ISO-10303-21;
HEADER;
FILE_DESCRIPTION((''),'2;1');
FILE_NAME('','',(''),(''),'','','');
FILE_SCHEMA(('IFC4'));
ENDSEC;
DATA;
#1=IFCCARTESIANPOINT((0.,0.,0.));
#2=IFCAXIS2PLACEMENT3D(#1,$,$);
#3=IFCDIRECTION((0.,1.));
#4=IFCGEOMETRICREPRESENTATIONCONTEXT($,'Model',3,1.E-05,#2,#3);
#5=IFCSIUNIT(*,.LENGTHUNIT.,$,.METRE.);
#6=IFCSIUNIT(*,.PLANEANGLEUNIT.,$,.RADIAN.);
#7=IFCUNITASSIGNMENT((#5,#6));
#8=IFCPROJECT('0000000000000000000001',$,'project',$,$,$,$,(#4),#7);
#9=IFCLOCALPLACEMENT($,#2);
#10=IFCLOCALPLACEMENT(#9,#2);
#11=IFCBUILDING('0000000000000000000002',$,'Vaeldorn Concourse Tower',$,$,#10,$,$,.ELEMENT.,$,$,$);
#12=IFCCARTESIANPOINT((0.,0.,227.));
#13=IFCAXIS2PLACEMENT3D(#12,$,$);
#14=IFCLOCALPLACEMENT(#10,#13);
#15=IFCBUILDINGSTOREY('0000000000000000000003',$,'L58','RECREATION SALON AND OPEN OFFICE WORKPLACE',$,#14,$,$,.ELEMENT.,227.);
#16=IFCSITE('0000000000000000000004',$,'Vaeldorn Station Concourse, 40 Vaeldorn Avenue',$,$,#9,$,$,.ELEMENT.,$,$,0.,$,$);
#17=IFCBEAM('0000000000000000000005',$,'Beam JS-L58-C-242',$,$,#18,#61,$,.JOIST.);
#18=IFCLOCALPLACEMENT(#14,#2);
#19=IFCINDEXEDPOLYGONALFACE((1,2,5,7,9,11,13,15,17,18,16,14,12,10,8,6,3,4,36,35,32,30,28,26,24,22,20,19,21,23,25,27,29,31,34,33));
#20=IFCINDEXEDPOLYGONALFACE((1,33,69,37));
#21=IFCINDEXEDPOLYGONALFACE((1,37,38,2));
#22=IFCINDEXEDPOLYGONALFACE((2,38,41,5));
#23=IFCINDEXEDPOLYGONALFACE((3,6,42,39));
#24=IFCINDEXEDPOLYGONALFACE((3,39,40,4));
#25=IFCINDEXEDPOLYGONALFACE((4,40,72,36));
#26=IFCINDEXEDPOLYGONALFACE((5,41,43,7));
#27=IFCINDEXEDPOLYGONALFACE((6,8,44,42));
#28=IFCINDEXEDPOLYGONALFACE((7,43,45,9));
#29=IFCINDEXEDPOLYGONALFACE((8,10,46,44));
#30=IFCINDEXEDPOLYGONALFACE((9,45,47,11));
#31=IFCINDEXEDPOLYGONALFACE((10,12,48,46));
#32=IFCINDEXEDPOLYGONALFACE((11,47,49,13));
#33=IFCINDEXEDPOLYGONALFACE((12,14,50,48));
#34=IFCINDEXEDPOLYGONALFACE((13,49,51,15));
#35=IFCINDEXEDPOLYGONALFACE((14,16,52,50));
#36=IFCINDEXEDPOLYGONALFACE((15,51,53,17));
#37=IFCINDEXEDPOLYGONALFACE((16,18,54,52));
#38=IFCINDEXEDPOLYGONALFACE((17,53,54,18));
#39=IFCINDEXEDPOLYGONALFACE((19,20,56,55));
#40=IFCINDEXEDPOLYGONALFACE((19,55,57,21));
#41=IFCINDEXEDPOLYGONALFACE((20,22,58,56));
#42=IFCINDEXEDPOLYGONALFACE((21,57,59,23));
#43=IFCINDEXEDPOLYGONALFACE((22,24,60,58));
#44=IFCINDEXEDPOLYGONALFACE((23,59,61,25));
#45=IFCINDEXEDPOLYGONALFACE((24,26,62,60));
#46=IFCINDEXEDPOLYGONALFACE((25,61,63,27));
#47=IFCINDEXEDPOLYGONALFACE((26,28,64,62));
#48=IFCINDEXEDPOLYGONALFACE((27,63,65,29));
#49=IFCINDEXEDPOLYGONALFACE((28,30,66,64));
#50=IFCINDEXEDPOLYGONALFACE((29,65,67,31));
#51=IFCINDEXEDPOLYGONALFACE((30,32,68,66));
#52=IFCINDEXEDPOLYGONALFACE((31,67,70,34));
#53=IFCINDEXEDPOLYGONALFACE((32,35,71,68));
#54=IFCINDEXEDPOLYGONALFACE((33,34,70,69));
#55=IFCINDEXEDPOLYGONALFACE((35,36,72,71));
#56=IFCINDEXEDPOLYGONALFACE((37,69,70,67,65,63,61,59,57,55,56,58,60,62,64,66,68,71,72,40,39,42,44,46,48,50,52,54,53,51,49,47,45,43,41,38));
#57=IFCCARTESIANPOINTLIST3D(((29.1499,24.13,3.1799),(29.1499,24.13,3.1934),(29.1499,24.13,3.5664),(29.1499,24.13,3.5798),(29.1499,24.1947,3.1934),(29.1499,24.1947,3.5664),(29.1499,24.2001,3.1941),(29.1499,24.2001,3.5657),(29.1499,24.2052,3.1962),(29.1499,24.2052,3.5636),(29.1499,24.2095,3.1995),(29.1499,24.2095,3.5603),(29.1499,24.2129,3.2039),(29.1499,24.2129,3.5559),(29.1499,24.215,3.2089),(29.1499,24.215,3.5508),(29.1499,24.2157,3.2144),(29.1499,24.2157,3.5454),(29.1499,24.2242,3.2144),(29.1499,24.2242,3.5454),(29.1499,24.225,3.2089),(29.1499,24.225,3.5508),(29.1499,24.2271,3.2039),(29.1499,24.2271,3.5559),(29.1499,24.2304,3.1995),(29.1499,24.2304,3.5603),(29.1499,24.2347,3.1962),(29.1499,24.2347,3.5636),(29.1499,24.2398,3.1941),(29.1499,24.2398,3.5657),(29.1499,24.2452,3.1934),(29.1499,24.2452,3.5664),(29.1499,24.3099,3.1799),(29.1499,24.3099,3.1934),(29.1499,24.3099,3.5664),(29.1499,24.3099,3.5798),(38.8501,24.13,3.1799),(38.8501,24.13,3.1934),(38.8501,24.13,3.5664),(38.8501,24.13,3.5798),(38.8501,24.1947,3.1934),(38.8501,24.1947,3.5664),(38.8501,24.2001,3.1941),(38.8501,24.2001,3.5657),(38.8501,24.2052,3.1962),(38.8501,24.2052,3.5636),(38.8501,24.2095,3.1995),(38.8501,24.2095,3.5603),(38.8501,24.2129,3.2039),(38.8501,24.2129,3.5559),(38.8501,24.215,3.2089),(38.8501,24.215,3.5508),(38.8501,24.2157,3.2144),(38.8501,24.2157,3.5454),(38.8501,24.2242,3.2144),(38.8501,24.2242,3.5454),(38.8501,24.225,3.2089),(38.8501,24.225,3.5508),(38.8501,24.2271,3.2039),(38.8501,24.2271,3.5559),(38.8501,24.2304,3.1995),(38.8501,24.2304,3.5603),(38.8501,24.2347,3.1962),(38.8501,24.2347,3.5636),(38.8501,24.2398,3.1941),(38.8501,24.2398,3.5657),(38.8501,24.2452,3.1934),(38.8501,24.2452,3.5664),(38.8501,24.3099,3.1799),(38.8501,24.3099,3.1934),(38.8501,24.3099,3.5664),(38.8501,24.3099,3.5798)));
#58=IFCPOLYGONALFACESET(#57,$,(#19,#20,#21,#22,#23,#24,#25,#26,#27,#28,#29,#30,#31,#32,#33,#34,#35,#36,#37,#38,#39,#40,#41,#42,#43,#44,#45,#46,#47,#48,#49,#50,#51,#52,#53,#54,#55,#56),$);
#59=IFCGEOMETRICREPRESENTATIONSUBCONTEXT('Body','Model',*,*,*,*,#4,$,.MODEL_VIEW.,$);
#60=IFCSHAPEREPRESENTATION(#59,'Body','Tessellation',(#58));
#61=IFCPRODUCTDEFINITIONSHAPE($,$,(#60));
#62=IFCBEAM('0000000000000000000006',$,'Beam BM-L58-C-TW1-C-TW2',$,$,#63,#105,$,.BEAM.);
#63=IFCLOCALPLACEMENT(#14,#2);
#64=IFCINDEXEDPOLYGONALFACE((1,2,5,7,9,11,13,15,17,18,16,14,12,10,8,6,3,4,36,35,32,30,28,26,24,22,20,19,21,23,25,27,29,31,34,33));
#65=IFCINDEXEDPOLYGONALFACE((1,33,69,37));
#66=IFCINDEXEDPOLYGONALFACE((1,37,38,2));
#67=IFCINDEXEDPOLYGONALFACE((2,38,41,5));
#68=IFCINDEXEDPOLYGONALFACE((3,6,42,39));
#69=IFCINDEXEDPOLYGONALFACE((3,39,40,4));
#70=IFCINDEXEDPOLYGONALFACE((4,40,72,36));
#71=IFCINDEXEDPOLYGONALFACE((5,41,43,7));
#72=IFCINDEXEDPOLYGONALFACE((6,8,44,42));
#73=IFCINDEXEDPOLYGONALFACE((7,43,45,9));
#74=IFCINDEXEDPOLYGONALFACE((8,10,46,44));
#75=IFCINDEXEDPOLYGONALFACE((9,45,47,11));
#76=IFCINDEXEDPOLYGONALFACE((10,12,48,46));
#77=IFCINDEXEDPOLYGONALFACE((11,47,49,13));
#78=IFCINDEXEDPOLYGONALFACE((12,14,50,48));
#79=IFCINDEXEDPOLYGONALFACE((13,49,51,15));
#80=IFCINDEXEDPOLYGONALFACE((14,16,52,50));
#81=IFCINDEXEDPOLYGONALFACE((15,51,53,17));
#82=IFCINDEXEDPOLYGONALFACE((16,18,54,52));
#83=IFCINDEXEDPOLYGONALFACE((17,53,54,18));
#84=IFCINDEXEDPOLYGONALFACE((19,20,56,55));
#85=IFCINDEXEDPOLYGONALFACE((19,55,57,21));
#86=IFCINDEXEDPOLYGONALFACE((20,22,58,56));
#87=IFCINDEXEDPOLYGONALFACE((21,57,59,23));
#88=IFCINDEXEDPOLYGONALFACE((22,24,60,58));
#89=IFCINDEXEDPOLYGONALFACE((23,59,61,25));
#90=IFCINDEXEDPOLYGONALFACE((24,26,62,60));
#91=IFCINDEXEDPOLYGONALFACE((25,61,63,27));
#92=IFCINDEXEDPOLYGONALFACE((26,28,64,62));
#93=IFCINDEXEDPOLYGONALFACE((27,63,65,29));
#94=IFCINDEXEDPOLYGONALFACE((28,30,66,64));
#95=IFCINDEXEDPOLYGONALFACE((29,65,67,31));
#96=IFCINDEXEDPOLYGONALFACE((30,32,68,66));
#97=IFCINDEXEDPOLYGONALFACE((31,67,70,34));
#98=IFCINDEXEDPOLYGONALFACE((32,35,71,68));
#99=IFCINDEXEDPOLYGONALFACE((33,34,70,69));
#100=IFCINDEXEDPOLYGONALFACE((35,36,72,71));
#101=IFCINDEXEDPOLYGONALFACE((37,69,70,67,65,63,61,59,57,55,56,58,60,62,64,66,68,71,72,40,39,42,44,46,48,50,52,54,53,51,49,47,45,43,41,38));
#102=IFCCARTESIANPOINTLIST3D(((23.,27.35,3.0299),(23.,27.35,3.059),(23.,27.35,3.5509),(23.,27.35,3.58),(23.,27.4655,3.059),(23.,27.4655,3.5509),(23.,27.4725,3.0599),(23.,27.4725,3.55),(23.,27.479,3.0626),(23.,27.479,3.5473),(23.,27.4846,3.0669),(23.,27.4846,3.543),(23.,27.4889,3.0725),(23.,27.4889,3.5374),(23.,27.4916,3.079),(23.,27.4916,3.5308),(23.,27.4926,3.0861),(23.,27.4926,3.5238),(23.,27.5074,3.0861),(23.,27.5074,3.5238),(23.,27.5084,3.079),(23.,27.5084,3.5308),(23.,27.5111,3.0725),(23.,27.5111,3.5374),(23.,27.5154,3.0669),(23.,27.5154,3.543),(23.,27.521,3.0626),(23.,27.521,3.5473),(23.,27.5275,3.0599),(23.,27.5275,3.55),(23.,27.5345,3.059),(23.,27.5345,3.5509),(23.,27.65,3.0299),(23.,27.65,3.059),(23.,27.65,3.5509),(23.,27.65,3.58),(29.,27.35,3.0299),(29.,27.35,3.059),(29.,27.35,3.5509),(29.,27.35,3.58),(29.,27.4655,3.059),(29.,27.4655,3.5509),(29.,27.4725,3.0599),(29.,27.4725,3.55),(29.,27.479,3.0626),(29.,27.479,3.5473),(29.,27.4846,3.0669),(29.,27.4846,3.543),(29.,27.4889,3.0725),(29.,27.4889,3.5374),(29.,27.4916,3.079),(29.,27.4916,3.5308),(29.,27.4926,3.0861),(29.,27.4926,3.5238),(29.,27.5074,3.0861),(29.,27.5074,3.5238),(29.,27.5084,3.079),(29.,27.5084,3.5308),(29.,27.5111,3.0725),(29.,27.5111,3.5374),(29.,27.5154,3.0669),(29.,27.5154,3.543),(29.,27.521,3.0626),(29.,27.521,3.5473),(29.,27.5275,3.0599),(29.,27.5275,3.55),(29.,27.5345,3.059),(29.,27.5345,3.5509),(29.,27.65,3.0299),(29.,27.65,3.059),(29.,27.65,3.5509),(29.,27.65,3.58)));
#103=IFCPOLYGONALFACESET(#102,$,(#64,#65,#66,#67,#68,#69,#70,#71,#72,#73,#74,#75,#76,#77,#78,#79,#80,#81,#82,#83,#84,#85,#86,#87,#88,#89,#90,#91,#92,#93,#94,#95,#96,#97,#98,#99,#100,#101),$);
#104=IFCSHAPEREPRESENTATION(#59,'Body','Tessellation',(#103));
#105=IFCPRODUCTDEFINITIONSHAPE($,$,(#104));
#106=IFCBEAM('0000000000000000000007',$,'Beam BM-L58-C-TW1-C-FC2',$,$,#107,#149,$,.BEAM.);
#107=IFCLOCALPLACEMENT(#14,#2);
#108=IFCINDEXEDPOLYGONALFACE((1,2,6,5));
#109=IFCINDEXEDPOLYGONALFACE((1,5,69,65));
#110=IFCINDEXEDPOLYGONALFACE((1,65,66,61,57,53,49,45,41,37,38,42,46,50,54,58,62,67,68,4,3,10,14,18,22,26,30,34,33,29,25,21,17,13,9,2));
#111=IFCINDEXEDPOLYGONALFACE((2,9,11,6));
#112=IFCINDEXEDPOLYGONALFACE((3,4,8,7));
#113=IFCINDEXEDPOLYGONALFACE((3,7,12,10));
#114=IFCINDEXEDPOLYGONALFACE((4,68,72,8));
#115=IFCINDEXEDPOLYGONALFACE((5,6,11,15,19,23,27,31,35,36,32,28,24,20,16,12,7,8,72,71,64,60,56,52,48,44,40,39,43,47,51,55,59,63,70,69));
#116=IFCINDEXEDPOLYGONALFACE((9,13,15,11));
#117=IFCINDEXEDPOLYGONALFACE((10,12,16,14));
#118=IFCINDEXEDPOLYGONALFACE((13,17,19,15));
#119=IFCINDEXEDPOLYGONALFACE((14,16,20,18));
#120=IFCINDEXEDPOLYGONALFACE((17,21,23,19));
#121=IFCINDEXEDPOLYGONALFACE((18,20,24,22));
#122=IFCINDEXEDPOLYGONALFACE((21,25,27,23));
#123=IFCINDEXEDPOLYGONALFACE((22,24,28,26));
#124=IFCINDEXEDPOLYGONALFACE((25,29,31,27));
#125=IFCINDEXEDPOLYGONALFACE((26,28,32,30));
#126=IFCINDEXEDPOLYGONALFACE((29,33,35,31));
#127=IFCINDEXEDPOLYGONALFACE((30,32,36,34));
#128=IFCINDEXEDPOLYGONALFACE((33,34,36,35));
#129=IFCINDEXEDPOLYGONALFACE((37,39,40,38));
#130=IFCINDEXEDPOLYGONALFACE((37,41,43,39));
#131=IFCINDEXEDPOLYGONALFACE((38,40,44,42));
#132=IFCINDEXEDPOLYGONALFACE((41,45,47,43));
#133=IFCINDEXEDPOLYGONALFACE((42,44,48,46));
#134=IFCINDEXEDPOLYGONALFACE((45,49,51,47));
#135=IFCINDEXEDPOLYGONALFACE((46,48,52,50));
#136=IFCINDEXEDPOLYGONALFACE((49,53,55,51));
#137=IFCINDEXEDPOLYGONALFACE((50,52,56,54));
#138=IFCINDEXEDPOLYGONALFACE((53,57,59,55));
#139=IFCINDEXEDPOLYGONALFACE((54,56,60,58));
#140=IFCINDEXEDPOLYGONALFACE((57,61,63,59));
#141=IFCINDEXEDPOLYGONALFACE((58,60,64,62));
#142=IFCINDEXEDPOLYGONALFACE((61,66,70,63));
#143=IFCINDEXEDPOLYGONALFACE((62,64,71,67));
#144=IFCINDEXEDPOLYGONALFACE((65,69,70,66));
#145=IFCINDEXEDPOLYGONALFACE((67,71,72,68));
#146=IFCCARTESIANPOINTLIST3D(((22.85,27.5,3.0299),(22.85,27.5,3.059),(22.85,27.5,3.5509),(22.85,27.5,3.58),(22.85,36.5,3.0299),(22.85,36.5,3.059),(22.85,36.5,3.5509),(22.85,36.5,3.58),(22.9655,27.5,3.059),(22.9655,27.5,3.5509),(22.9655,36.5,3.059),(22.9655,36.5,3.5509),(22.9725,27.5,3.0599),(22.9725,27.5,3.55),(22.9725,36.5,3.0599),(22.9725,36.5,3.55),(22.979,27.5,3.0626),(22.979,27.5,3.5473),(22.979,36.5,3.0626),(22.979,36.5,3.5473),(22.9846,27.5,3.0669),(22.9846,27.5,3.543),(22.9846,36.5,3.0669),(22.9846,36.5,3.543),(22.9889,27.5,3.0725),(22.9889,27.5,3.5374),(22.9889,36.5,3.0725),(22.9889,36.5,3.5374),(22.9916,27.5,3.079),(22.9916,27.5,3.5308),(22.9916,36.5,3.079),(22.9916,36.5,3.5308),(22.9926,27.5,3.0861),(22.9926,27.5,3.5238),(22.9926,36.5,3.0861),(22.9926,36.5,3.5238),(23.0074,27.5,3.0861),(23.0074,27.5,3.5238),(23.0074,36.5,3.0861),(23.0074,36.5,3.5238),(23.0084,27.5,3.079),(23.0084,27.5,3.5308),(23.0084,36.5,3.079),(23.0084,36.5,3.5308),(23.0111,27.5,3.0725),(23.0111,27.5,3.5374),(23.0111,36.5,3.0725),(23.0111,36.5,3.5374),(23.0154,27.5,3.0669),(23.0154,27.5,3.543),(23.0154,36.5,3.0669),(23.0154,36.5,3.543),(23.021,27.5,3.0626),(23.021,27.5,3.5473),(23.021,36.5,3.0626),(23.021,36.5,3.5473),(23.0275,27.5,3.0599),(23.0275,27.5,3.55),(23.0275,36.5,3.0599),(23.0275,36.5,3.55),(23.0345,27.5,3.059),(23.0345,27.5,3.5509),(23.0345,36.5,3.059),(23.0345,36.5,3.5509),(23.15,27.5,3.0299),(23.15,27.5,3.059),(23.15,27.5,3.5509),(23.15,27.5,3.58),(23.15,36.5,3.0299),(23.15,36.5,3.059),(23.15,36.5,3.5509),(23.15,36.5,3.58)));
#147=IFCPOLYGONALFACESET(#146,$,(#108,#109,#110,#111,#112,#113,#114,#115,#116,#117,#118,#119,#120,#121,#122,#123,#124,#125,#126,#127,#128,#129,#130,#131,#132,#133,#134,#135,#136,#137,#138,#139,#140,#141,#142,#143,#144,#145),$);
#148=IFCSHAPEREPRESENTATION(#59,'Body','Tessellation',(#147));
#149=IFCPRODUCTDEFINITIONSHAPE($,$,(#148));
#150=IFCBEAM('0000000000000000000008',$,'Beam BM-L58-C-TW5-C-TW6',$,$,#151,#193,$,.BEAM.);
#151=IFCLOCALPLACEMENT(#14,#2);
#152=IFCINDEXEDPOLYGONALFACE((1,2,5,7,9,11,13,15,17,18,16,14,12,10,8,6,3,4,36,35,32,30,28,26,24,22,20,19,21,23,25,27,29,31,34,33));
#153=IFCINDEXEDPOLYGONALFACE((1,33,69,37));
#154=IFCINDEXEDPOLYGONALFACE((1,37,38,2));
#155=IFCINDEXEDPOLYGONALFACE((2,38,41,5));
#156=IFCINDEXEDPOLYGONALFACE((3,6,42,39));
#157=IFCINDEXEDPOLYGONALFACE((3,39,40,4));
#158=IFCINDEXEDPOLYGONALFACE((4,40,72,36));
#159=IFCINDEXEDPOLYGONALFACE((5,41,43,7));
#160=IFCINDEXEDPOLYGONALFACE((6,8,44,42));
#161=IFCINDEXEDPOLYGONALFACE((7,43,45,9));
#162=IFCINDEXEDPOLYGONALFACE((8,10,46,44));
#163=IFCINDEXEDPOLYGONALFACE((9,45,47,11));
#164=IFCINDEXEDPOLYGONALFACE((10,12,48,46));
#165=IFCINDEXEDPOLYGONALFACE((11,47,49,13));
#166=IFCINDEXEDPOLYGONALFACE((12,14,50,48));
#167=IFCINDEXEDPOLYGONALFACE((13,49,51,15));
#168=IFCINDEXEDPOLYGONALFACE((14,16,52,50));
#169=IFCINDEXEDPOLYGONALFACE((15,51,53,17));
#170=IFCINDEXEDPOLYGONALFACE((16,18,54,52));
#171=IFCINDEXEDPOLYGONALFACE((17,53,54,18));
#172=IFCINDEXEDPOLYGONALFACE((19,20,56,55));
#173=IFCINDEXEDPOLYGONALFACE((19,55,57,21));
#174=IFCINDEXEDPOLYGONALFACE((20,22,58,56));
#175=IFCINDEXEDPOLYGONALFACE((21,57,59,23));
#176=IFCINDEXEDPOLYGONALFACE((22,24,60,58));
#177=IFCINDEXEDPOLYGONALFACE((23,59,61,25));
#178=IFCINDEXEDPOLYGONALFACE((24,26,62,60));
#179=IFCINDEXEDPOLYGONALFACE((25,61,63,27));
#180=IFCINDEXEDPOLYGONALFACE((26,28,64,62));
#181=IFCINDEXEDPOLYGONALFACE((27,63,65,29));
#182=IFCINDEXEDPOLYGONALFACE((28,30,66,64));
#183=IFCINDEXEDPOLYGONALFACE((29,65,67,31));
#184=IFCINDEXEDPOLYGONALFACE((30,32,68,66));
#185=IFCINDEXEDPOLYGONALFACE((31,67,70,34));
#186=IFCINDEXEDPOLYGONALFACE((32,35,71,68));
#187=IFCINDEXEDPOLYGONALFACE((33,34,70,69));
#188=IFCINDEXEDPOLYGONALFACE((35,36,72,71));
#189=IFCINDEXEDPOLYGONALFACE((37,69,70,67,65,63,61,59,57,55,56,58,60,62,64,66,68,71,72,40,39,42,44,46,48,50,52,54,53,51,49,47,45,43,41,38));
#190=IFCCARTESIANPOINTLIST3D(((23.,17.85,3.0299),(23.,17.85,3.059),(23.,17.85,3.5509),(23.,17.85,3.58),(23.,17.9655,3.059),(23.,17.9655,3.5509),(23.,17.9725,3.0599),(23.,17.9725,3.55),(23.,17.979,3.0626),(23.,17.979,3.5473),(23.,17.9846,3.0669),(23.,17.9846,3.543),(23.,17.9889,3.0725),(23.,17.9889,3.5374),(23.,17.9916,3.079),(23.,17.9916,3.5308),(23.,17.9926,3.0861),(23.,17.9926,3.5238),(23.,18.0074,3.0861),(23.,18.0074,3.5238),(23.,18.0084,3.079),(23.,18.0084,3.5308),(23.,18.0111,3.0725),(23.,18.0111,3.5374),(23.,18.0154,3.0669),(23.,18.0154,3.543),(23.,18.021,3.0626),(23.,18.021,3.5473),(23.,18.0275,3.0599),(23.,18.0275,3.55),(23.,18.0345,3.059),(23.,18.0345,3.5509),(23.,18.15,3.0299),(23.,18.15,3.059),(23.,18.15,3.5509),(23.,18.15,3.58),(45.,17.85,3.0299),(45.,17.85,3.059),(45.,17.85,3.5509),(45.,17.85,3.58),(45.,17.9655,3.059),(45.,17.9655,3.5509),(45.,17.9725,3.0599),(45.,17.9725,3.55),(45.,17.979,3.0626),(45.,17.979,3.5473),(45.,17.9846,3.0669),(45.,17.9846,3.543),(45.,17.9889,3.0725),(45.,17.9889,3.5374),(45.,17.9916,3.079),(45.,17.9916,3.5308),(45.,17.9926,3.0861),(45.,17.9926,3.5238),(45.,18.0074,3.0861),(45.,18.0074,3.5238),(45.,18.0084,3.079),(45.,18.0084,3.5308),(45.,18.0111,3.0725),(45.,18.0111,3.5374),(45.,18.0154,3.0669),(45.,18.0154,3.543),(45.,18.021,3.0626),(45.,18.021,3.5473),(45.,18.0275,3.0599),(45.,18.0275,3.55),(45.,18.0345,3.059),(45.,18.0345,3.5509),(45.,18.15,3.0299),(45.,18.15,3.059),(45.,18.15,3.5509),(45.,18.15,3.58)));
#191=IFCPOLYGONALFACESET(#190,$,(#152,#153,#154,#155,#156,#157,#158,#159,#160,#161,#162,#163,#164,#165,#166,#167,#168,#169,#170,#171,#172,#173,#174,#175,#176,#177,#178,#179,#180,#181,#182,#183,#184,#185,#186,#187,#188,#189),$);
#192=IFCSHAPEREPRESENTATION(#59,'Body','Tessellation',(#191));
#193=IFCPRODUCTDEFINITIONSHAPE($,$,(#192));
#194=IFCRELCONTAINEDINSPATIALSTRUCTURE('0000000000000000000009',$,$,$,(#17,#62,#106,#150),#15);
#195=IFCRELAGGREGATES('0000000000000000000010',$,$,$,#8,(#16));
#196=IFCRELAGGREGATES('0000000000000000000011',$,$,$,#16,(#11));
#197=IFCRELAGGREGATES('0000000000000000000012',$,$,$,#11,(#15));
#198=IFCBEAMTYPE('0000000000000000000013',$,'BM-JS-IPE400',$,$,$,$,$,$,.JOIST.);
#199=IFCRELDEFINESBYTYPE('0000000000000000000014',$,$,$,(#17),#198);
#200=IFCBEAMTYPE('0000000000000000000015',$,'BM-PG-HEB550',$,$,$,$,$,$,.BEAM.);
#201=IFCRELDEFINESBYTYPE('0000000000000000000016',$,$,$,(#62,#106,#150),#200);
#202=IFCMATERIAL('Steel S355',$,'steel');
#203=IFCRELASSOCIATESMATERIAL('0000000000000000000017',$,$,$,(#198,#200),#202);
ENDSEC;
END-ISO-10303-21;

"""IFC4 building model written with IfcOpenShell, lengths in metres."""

from ifc_helpers import new_model, si_unit, direction, frame, origin, origin_2d, place, context, subcontext, project, spatial, i_section, extrude, source, transform, mapped, material, material_profile, profile_set, type_object, element, save


model = new_model("IFC4")

# Units and contexts
model_context = context("Model", 3, precision=1e-05, world=origin(), true_north=direction((0.0, 1.0)))
body_context = subcontext(model_context, "Body", "Model", "MODEL_VIEW")
ifc_project = project(units=[si_unit("LENGTHUNIT", "METRE"), si_unit("PLANEANGLEUNIT", "RADIAN")], contexts=[model_context])

# Site, building, storey
site_placement = place(None, origin())
site = spatial("IfcSite", under=ifc_project, at=site_placement, Name="Vaeldorn Station Concourse, 40 Vaeldorn Avenue", CompositionType="ELEMENT", RefElevation=0.0)
building_placement = place(site_placement, origin())
building = spatial("IfcBuilding", under=site, at=building_placement, Name="Vaeldorn Concourse Tower", CompositionType="ELEMENT")
storey_placement = place(building_placement, frame((0.0, 0.0, 227.0)))
storey = spatial("IfcBuildingStorey", under=building, at=storey_placement, Name="L58", Description="RECREATION SALON AND OPEN OFFICE WORKPLACE", CompositionType="ELEMENT", Elevation=227.0)

# Shared definitions
ifc_material_1 = material(Name="Steel S355", Category="steel")

# Beams
ifc_material_profile_1 = material_profile(ifc_material_1, i_section(OverallWidth=0.1799, OverallDepth=0.3999, WebThickness=0.0085, FlangeThickness=0.0134, FilletRadius=0.021, at=origin_2d()), Name="IPE 400")
ifc_profile_set_1 = profile_set([ifc_material_profile_1], Name="Steel S355")
beam_type_1 = type_object("IfcBeamType", Name="BM-JS-IPE400", PredefinedType="JOIST", material=ifc_profile_set_1)
shared_shape_1 = source(origin(), body_context, "Body", "SweptSolid", [
    extrude(i_section(OverallWidth=0.1799, OverallDepth=0.3999, WebThickness=0.0085, FlangeThickness=0.0134, FilletRadius=0.021, at=origin_2d()), origin(), (0.0, 0.0, 1.0), 9.7002),
])
for number, where, z_axis, x_axis, name in (
    (1, (29.1499, 24.22, 3.3799), (1.0, 0.0, 0.0), (0.0, 1.0, 0.0), "Beam JS-L58-C-242"),
):
    element("IfcBeam", number, at=place(storey_placement, frame(where, z_axis=z_axis, x_axis=x_axis)), inside=storey, type_object=beam_type_1, Name=name, PredefinedType="JOIST", context=body_context, shape_type="MappedRepresentation", body=[
        mapped(shared_shape_1, transform((0.0, 0.0, 0.0), scale=1.0)),
    ])
ifc_material_profile_2 = material_profile(ifc_material_1, i_section(OverallWidth=0.3, OverallDepth=0.55, WebThickness=0.0149, FlangeThickness=0.0291, FilletRadius=0.0271, at=origin_2d()), Name="HEB 550")
ifc_profile_set_2 = profile_set([ifc_material_profile_2], Name="Steel S355")
beam_type_2 = type_object("IfcBeamType", Name="BM-PG-HEB550", PredefinedType="BEAM", material=ifc_profile_set_2)
shared_shape_2 = source(origin(), body_context, "Body", "SweptSolid", [
    extrude(i_section(OverallWidth=0.3, OverallDepth=0.55, WebThickness=0.0149, FlangeThickness=0.0291, FilletRadius=0.0271, at=origin_2d()), origin(), (0.0, 0.0, 1.0), 6.0),
])
beam_1_placement = place(storey_placement, frame((23.0, 27.5, 3.3049), z_axis=(1.0, 0.0, 0.0), x_axis=(0.0, 1.0, 0.0)))
element("IfcBeam", 2, at=beam_1_placement, inside=storey, type_object=beam_type_2, Name="Beam BM-L58-C-TW1-C-TW2", PredefinedType="BEAM", context=body_context, shape_type="MappedRepresentation", body=[
    mapped(shared_shape_2, transform((0.0, 0.0, 0.0), scale=1.0)),
])
shared_shape_3 = source(origin(), body_context, "Body", "SweptSolid", [
    extrude(i_section(OverallWidth=0.3, OverallDepth=0.55, WebThickness=0.0149, FlangeThickness=0.0291, FilletRadius=0.0271, at=origin_2d()), origin(), (0.0, 0.0, 1.0), 9.0),
])
beam_2_placement = place(storey_placement, frame((23.0, 27.5, 3.3049), z_axis=(0.0, 1.0, 0.0), x_axis=(-1.0, 0.0, 0.0)))
element("IfcBeam", 3, at=beam_2_placement, inside=storey, type_object=beam_type_2, Name="Beam BM-L58-C-TW1-C-FC2", PredefinedType="BEAM", context=body_context, shape_type="MappedRepresentation", body=[
    mapped(shared_shape_3, transform((0.0, 0.0, 0.0), scale=1.0)),
])
shared_shape_4 = source(origin(), body_context, "Body", "SweptSolid", [
    extrude(i_section(OverallWidth=0.3, OverallDepth=0.55, WebThickness=0.0149, FlangeThickness=0.0291, FilletRadius=0.0271, at=origin_2d()), origin(), (0.0, 0.0, 1.0), 22.0),
])
beam_3_placement = place(storey_placement, frame((23.0, 18.0, 3.3049), z_axis=(1.0, 0.0, 0.0), x_axis=(0.0, 1.0, 0.0)))
element("IfcBeam", 4, at=beam_3_placement, inside=storey, type_object=beam_type_2, Name="Beam BM-L58-C-TW5-C-TW6", PredefinedType="BEAM", context=body_context, shape_type="MappedRepresentation", body=[
    mapped(shared_shape_4, transform((0.0, 0.0, 0.0), scale=1.0)),
])

save(model, "model.ifc")
